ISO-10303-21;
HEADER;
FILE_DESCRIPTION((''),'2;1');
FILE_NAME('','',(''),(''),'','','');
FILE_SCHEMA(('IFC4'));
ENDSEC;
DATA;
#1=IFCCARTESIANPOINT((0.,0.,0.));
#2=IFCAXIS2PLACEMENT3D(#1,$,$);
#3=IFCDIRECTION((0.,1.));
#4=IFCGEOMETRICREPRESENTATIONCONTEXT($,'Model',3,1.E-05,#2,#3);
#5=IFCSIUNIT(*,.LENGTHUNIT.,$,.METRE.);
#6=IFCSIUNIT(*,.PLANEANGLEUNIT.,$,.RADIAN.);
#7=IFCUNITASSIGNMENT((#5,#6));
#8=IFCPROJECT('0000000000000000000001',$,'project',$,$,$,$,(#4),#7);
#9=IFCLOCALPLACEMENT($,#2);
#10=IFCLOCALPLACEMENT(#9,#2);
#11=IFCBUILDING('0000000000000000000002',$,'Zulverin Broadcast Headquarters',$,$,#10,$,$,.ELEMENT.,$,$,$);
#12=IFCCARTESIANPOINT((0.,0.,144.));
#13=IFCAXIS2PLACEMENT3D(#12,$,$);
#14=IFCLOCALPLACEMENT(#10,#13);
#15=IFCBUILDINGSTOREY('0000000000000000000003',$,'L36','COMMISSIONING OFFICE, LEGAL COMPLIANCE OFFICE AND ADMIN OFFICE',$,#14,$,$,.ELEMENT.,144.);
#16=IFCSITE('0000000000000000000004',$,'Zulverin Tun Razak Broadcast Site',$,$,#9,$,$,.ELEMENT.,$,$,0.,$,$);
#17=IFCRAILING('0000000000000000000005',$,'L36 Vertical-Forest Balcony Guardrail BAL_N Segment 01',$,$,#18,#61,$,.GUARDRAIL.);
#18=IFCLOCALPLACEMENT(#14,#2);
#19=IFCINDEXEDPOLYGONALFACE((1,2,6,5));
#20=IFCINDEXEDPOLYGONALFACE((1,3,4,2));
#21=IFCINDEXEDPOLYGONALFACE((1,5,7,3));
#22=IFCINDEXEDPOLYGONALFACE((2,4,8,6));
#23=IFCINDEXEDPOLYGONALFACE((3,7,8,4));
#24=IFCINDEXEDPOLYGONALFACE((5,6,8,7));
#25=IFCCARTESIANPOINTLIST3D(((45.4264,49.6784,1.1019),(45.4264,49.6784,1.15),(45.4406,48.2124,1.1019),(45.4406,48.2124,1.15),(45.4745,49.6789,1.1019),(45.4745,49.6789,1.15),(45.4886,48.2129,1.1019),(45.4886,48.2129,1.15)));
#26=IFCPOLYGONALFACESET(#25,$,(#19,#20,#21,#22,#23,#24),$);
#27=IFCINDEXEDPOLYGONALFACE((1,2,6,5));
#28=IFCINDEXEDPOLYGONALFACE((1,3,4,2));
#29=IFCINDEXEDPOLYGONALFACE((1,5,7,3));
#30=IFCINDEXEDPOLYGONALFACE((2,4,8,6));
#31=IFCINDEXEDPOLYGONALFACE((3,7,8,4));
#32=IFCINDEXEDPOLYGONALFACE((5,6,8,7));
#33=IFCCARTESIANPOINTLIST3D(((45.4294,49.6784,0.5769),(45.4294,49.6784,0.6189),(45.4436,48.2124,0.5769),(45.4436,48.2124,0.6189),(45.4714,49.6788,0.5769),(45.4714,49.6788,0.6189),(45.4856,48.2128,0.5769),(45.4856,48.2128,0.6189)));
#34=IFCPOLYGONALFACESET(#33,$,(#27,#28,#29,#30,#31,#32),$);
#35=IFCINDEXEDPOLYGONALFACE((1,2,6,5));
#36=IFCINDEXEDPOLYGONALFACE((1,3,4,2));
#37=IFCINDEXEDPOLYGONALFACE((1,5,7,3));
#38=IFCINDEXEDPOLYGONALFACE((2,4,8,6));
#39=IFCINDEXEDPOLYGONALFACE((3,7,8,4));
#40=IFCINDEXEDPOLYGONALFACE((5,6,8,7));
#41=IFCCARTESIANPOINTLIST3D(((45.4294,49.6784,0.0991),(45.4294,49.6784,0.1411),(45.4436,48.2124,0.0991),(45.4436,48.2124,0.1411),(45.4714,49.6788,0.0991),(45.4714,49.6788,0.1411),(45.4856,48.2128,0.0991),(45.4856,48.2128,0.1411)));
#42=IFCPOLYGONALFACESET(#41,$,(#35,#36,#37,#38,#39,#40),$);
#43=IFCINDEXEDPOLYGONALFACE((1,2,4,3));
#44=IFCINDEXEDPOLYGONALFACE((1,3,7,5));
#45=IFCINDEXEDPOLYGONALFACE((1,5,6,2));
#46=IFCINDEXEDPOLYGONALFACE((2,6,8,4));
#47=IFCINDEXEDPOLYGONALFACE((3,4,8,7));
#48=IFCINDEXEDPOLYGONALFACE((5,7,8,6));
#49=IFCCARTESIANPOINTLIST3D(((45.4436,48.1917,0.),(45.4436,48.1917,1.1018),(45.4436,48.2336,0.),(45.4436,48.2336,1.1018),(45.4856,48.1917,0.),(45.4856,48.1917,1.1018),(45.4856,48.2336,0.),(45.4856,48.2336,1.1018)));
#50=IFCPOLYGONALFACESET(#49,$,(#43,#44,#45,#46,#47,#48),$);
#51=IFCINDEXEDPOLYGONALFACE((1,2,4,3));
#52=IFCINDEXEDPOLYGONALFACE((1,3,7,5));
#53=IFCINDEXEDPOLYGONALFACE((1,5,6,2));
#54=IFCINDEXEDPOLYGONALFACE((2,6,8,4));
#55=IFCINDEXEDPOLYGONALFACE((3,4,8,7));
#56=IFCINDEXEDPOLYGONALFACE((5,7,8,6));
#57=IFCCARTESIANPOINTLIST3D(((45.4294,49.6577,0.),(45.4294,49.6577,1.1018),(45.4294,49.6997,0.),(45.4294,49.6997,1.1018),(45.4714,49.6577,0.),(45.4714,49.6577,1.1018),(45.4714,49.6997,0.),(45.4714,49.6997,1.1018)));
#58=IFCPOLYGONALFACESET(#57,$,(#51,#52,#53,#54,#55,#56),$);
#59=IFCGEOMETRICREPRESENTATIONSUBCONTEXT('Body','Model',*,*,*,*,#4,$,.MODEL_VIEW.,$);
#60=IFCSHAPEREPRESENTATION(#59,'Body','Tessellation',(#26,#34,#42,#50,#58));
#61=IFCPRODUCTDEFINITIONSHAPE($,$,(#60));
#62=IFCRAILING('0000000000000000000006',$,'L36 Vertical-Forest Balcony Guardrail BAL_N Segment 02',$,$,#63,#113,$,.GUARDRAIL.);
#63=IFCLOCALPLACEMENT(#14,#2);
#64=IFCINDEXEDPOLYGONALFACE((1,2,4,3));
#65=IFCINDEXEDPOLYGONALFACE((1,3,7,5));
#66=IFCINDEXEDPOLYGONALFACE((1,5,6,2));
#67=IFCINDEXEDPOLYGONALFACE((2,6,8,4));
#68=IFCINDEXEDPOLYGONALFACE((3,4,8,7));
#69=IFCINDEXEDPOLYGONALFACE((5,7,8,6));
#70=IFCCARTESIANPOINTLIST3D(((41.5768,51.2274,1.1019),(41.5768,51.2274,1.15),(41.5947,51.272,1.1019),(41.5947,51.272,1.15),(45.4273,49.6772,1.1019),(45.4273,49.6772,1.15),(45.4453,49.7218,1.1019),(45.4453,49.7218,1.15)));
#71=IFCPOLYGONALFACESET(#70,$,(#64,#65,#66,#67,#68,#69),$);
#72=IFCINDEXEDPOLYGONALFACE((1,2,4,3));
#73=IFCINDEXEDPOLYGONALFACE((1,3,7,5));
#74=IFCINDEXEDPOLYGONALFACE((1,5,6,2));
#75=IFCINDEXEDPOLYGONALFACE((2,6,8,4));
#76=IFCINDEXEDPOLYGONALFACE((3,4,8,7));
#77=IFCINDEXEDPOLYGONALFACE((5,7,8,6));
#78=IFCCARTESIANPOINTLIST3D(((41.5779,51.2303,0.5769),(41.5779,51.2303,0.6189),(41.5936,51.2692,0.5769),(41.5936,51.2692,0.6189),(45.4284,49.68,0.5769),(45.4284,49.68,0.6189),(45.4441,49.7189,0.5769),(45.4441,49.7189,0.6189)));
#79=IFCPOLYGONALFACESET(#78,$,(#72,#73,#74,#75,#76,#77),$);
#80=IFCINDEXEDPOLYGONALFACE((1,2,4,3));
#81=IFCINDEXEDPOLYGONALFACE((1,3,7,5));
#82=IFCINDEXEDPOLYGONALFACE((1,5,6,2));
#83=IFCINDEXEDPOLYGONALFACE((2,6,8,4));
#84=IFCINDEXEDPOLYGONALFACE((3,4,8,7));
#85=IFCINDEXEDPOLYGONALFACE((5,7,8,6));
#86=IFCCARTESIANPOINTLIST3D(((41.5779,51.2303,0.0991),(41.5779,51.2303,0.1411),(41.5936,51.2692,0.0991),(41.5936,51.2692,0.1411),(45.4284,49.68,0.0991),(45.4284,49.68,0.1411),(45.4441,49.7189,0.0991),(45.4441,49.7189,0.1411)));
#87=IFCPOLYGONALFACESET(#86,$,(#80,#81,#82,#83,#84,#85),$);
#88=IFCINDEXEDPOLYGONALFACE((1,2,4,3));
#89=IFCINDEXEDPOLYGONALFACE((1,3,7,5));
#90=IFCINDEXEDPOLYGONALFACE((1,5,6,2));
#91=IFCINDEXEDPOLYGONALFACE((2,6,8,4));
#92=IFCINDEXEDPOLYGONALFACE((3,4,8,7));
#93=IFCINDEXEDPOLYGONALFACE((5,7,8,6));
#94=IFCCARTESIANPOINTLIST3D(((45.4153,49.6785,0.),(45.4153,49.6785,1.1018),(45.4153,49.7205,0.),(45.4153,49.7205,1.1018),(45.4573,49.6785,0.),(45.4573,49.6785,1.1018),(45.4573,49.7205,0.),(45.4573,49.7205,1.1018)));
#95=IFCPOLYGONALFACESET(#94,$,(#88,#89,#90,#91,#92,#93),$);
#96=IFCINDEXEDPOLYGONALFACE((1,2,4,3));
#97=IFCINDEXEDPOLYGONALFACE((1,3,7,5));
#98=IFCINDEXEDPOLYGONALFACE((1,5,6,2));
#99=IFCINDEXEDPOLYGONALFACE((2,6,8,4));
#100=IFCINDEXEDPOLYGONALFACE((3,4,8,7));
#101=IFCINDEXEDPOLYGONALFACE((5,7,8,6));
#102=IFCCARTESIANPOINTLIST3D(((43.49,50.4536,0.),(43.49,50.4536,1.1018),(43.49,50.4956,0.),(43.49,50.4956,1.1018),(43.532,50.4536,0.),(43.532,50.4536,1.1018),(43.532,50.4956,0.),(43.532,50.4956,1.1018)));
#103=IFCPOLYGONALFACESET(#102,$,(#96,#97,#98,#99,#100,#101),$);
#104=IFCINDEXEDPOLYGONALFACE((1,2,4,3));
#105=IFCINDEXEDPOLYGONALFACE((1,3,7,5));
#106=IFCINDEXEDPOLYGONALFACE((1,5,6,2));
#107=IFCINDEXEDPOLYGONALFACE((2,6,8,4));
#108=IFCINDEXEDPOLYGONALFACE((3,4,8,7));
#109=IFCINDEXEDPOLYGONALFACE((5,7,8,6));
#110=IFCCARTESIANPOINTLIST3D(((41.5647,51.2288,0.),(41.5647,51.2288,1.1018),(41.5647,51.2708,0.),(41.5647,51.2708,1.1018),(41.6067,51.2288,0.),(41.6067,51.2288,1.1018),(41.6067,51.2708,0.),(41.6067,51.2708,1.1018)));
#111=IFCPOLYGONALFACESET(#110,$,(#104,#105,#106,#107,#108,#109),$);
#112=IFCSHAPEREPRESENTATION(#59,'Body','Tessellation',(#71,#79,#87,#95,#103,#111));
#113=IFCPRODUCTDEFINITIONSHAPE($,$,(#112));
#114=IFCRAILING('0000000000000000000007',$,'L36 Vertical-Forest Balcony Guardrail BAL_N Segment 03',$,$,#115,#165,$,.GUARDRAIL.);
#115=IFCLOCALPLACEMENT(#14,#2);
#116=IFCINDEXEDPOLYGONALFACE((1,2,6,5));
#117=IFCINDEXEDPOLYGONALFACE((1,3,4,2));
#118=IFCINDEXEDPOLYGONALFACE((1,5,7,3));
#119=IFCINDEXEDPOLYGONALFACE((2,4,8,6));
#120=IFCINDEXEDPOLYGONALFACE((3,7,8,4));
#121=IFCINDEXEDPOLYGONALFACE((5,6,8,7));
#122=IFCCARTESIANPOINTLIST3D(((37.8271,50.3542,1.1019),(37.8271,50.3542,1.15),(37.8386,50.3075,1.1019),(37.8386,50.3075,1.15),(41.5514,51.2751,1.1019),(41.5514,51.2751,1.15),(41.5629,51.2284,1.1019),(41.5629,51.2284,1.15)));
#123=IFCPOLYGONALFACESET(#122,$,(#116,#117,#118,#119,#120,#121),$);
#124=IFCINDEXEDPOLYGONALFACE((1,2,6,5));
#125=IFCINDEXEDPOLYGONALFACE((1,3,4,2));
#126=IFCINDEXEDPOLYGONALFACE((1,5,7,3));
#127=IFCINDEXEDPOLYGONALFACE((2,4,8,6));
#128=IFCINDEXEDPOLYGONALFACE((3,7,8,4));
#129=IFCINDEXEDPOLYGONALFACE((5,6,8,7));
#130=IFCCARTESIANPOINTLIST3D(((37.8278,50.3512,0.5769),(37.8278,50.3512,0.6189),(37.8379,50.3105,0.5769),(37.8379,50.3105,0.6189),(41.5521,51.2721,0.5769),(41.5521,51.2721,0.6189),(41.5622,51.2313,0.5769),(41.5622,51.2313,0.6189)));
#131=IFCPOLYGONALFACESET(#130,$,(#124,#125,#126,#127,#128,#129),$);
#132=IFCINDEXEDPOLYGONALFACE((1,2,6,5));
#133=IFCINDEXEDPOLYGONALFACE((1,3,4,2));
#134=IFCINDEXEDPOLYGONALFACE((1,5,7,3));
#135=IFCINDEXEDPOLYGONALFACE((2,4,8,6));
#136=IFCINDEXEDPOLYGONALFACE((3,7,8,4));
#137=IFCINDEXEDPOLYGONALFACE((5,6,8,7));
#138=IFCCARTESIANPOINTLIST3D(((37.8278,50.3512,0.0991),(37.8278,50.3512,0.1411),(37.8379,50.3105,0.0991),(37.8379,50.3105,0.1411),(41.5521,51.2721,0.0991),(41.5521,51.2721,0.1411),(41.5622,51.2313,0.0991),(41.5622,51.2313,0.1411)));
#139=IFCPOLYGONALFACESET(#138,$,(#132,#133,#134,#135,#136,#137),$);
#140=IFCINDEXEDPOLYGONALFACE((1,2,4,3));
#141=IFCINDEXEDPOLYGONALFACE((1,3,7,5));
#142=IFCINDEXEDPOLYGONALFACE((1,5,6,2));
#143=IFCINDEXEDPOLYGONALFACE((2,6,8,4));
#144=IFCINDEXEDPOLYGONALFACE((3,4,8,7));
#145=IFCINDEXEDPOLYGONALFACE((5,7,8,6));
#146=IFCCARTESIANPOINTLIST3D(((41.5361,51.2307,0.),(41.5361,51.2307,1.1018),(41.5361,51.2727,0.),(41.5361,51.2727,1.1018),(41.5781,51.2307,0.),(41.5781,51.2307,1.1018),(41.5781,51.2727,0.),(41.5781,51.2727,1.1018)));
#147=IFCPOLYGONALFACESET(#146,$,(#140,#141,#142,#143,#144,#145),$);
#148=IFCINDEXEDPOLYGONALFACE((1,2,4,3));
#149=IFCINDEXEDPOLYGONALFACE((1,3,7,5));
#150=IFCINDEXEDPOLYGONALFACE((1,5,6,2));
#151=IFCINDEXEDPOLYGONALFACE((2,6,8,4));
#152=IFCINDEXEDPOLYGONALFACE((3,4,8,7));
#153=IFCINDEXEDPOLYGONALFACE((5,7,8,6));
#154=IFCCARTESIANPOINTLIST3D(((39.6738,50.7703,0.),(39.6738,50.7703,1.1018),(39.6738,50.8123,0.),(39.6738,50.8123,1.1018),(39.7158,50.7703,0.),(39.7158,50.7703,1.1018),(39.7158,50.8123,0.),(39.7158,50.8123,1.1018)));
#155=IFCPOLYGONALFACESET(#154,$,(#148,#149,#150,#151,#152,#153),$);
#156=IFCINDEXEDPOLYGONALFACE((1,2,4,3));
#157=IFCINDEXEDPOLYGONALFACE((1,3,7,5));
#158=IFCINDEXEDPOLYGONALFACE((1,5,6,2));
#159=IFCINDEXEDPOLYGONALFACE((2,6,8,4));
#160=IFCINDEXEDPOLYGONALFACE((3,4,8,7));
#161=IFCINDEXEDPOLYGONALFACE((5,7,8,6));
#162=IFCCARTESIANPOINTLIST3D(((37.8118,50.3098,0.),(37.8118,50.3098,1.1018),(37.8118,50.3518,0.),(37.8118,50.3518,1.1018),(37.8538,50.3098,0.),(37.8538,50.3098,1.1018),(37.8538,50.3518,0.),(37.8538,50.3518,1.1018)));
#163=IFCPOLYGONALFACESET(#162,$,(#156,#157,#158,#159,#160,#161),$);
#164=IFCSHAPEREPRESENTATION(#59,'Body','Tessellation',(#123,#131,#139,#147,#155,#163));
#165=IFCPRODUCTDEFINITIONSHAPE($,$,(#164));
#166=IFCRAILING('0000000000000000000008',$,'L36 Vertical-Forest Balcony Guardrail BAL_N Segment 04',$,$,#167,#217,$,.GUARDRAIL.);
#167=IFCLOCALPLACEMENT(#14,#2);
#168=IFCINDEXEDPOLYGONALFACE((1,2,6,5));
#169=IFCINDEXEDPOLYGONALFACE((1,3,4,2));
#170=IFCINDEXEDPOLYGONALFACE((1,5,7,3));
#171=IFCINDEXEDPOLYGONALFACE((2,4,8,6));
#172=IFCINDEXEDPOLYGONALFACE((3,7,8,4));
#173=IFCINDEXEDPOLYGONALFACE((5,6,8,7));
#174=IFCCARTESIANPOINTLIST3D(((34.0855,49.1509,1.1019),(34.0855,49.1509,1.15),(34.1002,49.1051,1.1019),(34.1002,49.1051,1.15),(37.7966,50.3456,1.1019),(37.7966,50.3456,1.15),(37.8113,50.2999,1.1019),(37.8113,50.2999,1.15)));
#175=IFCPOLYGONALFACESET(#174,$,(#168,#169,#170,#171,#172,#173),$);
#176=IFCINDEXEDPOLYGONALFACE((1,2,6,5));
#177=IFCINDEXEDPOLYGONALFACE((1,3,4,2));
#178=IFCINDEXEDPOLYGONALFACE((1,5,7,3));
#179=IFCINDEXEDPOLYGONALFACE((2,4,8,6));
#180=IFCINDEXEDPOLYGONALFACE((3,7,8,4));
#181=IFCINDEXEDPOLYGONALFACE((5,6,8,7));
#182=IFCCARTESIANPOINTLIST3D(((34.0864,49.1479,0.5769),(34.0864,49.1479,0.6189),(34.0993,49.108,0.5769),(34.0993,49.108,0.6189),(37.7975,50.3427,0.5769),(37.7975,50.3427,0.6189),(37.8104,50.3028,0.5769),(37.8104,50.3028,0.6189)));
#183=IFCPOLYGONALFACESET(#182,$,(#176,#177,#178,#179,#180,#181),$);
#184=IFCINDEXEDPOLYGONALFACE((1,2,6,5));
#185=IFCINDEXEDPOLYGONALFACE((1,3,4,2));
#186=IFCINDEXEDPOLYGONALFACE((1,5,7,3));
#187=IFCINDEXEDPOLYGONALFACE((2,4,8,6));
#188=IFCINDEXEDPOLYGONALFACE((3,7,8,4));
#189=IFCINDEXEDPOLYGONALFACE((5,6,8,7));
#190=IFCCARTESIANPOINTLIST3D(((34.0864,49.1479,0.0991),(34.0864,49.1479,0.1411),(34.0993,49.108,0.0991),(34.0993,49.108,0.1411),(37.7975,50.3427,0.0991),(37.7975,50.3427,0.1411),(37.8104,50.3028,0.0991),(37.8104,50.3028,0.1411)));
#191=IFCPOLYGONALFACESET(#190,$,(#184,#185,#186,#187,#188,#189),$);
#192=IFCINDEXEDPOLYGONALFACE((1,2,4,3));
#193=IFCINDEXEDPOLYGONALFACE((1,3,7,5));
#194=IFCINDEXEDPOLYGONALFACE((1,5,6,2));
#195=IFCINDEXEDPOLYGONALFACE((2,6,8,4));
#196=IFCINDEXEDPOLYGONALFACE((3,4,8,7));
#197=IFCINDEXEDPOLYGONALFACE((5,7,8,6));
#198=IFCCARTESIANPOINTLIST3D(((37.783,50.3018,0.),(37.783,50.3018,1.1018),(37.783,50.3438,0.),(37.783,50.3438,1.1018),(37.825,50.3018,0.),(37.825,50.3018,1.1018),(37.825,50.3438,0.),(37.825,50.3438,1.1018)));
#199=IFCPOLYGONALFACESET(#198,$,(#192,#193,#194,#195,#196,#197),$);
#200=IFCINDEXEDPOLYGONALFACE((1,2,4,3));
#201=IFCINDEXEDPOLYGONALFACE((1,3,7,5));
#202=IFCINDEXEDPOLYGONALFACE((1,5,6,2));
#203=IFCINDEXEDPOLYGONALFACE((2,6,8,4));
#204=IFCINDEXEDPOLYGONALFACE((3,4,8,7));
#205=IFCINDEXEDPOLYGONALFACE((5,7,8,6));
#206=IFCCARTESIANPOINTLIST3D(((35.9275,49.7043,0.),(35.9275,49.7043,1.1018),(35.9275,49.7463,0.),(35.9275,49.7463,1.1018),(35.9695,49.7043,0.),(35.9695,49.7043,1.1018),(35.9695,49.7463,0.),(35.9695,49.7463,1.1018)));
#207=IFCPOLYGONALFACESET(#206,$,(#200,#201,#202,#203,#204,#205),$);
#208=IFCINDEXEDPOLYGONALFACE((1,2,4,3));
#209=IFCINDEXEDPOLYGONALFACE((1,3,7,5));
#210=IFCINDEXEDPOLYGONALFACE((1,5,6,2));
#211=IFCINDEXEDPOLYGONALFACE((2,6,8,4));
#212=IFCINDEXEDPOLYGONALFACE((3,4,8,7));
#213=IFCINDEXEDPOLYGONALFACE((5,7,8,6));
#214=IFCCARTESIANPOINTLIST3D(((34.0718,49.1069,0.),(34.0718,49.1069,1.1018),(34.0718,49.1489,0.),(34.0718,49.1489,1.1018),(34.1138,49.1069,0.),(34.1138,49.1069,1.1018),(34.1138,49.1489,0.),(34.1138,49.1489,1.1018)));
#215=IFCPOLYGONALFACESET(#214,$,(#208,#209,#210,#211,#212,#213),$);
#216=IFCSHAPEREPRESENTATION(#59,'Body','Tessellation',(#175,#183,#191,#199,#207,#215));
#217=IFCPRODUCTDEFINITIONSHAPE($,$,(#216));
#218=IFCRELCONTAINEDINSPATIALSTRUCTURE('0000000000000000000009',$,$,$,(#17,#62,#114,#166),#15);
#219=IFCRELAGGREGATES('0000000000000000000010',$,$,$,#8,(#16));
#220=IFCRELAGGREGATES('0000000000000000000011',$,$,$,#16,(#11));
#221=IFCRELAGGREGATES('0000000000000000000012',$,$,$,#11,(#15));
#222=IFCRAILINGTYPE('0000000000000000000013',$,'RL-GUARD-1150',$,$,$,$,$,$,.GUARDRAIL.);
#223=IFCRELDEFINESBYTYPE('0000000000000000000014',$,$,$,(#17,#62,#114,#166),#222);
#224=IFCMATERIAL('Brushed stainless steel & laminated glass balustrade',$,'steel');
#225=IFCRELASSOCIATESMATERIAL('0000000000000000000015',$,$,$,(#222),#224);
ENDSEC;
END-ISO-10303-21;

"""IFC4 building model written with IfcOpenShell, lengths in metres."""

from ifc_helpers import new_model, si_unit, direction, frame, origin, origin_2d, place, context, subcontext, project, spatial, rectangle, extrude, material, type_object, element, save


model = new_model("IFC4")

# Units and contexts
model_context = context("Model", 3, precision=1e-05, world=origin(), true_north=direction((0.0, 1.0)))
body_context = subcontext(model_context, "Body", "Model", "MODEL_VIEW")
ifc_project = project(units=[si_unit("LENGTHUNIT", "METRE"), si_unit("PLANEANGLEUNIT", "RADIAN")], contexts=[model_context])

# Site, building, storey
site_placement = place(None, origin())
site = spatial("IfcSite", under=ifc_project, at=site_placement, Name="Zulverin Tun Razak Broadcast Site", CompositionType="ELEMENT", RefElevation=0.0)
building_placement = place(site_placement, origin())
building = spatial("IfcBuilding", under=site, at=building_placement, Name="Zulverin Broadcast Headquarters", CompositionType="ELEMENT")
storey_placement = place(building_placement, frame((0.0, 0.0, 144.0)))
storey = spatial("IfcBuildingStorey", under=building, at=storey_placement, Name="L36", Description="COMMISSIONING OFFICE, LEGAL COMPLIANCE OFFICE AND ADMIN OFFICE", CompositionType="ELEMENT", Elevation=144.0)

# Railings
ifc_material_1 = material(Name="Brushed stainless steel & laminated glass balustrade", Category="steel")
railing_type_1 = type_object("IfcRailingType", Name="RL-GUARD-1150", PredefinedType="GUARDRAIL", material=ifc_material_1)
railing_1_placement = place(storey_placement, frame((45.4646, 48.2126, 0.0)))
element("IfcRailing", 1, at=railing_1_placement, inside=storey, type_object=railing_type_1, Name="L36 Vertical-Forest Balcony Guardrail BAL_N Segment 01", PredefinedType="GUARDRAIL", context=body_context, shape_type="SweptSolid", body=[
    extrude(rectangle(XDim=0.0481, YDim=0.0481, at=origin_2d()), frame((0.0, 0.0, 1.126), z_axis=(-0.009658, 0.999953, 0.0), x_axis=(-0.999953, -0.009658, 0.0)), (0.0, 0.0, 1.0), 1.4661),
    extrude(rectangle(XDim=0.042, YDim=0.042, at=origin_2d()), frame((0.0, 0.0, 0.5979), z_axis=(-0.009658, 0.999953, 0.0), x_axis=(-0.999953, -0.009658, 0.0)), (0.0, 0.0, 1.0), 1.4661),
    extrude(rectangle(XDim=0.042, YDim=0.042, at=origin_2d()), frame((0.0, 0.0, 0.1201), z_axis=(-0.009658, 0.999953, 0.0), x_axis=(-0.999953, -0.009658, 0.0)), (0.0, 0.0, 1.0), 1.4661),
    extrude(rectangle(XDim=0.042, YDim=0.042, at=origin_2d()), origin(), (0.0, 0.0, 1.0), 1.1018),
    extrude(rectangle(XDim=0.042, YDim=0.042, at=origin_2d()), frame((-0.0142, 1.4661, 0.0)), (0.0, 0.0, 1.0), 1.1018),
])
railing_2_placement = place(storey_placement, frame((45.4363, 49.6995, 0.0)))
element("IfcRailing", 2, at=railing_2_placement, inside=storey, type_object=railing_type_1, Name="L36 Vertical-Forest Balcony Guardrail BAL_N Segment 02", PredefinedType="GUARDRAIL", context=body_context, shape_type="SweptSolid", body=[
    extrude(rectangle(XDim=0.0481, YDim=0.0481, at=origin_2d()), frame((0.0, 0.0, 1.126), z_axis=(-0.927639, 0.373479, 0.0), x_axis=(-0.373479, -0.927639, 0.0)), (0.0, 0.0, 1.0), 4.1509),
    extrude(rectangle(XDim=0.042, YDim=0.042, at=origin_2d()), frame((0.0, 0.0, 0.5979), z_axis=(-0.927639, 0.373479, 0.0), x_axis=(-0.373479, -0.927639, 0.0)), (0.0, 0.0, 1.0), 4.1509),
    extrude(rectangle(XDim=0.042, YDim=0.042, at=origin_2d()), frame((0.0, 0.0, 0.1201), z_axis=(-0.927639, 0.373479, 0.0), x_axis=(-0.373479, -0.927639, 0.0)), (0.0, 0.0, 1.0), 4.1509),
    extrude(rectangle(XDim=0.042, YDim=0.042, at=origin_2d()), origin(), (0.0, 0.0, 1.0), 1.1018),
    extrude(rectangle(XDim=0.042, YDim=0.042, at=origin_2d()), frame((-1.9253, 0.7751, 0.0)), (0.0, 0.0, 1.0), 1.1018),
    extrude(rectangle(XDim=0.042, YDim=0.042, at=origin_2d()), frame((-3.8506, 1.5503, 0.0)), (0.0, 0.0, 1.0), 1.1018),
])
railing_3_placement = place(storey_placement, frame((41.5571, 51.2517, 0.0)))
element("IfcRailing", 3, at=railing_3_placement, inside=storey, type_object=railing_type_1, Name="L36 Vertical-Forest Balcony Guardrail BAL_N Segment 03", PredefinedType="GUARDRAIL", context=body_context, shape_type="SweptSolid", body=[
    extrude(rectangle(XDim=0.0481, YDim=0.0481, at=origin_2d()), frame((0.0, 0.0, 1.126), z_axis=(-0.970764, -0.240034, 0.0), x_axis=(0.240034, -0.970764, 0.0)), (0.0, 0.0, 1.0), 3.8364),
    extrude(rectangle(XDim=0.042, YDim=0.042, at=origin_2d()), frame((0.0, 0.0, 0.5979), z_axis=(-0.970764, -0.240034, 0.0), x_axis=(0.240034, -0.970764, 0.0)), (0.0, 0.0, 1.0), 3.8364),
    extrude(rectangle(XDim=0.042, YDim=0.042, at=origin_2d()), frame((0.0, 0.0, 0.1201), z_axis=(-0.970764, -0.240034, 0.0), x_axis=(0.240034, -0.970764, 0.0)), (0.0, 0.0, 1.0), 3.8364),
    extrude(rectangle(XDim=0.042, YDim=0.042, at=origin_2d()), origin(), (0.0, 0.0, 1.0), 1.1018),
    extrude(rectangle(XDim=0.042, YDim=0.042, at=origin_2d()), frame((-1.8623, -0.4604, 0.0)), (0.0, 0.0, 1.0), 1.1018),
    extrude(rectangle(XDim=0.042, YDim=0.042, at=origin_2d()), frame((-3.7244, -0.9209, 0.0)), (0.0, 0.0, 1.0), 1.1018),
])
railing_4_placement = place(storey_placement, frame((37.804, 50.3228, 0.0)))
element("IfcRailing", 4, at=railing_4_placement, inside=storey, type_object=railing_type_1, Name="L36 Vertical-Forest Balcony Guardrail BAL_N Segment 04", PredefinedType="GUARDRAIL", context=body_context, shape_type="SweptSolid", body=[
    extrude(rectangle(XDim=0.0481, YDim=0.0481, at=origin_2d()), frame((0.0, 0.0, 1.126), z_axis=(-0.951883, -0.306461, 0.0), x_axis=(0.306461, -0.951883, 0.0)), (0.0, 0.0, 1.0), 3.8987),
    extrude(rectangle(XDim=0.042, YDim=0.042, at=origin_2d()), frame((0.0, 0.0, 0.5979), z_axis=(-0.951883, -0.306461, 0.0), x_axis=(0.306461, -0.951883, 0.0)), (0.0, 0.0, 1.0), 3.8987),
    extrude(rectangle(XDim=0.042, YDim=0.042, at=origin_2d()), frame((0.0, 0.0, 0.1201), z_axis=(-0.951883, -0.306461, 0.0), x_axis=(0.306461, -0.951883, 0.0)), (0.0, 0.0, 1.0), 3.8987),
    extrude(rectangle(XDim=0.042, YDim=0.042, at=origin_2d()), origin(), (0.0, 0.0, 1.0), 1.1018),
    extrude(rectangle(XDim=0.042, YDim=0.042, at=origin_2d()), frame((-1.8555, -0.5974, 0.0)), (0.0, 0.0, 1.0), 1.1018),
    extrude(rectangle(XDim=0.042, YDim=0.042, at=origin_2d()), frame((-3.7112, -1.1948, 0.0)), (0.0, 0.0, 1.0), 1.1018),
])

save(model, "model.ifc")
